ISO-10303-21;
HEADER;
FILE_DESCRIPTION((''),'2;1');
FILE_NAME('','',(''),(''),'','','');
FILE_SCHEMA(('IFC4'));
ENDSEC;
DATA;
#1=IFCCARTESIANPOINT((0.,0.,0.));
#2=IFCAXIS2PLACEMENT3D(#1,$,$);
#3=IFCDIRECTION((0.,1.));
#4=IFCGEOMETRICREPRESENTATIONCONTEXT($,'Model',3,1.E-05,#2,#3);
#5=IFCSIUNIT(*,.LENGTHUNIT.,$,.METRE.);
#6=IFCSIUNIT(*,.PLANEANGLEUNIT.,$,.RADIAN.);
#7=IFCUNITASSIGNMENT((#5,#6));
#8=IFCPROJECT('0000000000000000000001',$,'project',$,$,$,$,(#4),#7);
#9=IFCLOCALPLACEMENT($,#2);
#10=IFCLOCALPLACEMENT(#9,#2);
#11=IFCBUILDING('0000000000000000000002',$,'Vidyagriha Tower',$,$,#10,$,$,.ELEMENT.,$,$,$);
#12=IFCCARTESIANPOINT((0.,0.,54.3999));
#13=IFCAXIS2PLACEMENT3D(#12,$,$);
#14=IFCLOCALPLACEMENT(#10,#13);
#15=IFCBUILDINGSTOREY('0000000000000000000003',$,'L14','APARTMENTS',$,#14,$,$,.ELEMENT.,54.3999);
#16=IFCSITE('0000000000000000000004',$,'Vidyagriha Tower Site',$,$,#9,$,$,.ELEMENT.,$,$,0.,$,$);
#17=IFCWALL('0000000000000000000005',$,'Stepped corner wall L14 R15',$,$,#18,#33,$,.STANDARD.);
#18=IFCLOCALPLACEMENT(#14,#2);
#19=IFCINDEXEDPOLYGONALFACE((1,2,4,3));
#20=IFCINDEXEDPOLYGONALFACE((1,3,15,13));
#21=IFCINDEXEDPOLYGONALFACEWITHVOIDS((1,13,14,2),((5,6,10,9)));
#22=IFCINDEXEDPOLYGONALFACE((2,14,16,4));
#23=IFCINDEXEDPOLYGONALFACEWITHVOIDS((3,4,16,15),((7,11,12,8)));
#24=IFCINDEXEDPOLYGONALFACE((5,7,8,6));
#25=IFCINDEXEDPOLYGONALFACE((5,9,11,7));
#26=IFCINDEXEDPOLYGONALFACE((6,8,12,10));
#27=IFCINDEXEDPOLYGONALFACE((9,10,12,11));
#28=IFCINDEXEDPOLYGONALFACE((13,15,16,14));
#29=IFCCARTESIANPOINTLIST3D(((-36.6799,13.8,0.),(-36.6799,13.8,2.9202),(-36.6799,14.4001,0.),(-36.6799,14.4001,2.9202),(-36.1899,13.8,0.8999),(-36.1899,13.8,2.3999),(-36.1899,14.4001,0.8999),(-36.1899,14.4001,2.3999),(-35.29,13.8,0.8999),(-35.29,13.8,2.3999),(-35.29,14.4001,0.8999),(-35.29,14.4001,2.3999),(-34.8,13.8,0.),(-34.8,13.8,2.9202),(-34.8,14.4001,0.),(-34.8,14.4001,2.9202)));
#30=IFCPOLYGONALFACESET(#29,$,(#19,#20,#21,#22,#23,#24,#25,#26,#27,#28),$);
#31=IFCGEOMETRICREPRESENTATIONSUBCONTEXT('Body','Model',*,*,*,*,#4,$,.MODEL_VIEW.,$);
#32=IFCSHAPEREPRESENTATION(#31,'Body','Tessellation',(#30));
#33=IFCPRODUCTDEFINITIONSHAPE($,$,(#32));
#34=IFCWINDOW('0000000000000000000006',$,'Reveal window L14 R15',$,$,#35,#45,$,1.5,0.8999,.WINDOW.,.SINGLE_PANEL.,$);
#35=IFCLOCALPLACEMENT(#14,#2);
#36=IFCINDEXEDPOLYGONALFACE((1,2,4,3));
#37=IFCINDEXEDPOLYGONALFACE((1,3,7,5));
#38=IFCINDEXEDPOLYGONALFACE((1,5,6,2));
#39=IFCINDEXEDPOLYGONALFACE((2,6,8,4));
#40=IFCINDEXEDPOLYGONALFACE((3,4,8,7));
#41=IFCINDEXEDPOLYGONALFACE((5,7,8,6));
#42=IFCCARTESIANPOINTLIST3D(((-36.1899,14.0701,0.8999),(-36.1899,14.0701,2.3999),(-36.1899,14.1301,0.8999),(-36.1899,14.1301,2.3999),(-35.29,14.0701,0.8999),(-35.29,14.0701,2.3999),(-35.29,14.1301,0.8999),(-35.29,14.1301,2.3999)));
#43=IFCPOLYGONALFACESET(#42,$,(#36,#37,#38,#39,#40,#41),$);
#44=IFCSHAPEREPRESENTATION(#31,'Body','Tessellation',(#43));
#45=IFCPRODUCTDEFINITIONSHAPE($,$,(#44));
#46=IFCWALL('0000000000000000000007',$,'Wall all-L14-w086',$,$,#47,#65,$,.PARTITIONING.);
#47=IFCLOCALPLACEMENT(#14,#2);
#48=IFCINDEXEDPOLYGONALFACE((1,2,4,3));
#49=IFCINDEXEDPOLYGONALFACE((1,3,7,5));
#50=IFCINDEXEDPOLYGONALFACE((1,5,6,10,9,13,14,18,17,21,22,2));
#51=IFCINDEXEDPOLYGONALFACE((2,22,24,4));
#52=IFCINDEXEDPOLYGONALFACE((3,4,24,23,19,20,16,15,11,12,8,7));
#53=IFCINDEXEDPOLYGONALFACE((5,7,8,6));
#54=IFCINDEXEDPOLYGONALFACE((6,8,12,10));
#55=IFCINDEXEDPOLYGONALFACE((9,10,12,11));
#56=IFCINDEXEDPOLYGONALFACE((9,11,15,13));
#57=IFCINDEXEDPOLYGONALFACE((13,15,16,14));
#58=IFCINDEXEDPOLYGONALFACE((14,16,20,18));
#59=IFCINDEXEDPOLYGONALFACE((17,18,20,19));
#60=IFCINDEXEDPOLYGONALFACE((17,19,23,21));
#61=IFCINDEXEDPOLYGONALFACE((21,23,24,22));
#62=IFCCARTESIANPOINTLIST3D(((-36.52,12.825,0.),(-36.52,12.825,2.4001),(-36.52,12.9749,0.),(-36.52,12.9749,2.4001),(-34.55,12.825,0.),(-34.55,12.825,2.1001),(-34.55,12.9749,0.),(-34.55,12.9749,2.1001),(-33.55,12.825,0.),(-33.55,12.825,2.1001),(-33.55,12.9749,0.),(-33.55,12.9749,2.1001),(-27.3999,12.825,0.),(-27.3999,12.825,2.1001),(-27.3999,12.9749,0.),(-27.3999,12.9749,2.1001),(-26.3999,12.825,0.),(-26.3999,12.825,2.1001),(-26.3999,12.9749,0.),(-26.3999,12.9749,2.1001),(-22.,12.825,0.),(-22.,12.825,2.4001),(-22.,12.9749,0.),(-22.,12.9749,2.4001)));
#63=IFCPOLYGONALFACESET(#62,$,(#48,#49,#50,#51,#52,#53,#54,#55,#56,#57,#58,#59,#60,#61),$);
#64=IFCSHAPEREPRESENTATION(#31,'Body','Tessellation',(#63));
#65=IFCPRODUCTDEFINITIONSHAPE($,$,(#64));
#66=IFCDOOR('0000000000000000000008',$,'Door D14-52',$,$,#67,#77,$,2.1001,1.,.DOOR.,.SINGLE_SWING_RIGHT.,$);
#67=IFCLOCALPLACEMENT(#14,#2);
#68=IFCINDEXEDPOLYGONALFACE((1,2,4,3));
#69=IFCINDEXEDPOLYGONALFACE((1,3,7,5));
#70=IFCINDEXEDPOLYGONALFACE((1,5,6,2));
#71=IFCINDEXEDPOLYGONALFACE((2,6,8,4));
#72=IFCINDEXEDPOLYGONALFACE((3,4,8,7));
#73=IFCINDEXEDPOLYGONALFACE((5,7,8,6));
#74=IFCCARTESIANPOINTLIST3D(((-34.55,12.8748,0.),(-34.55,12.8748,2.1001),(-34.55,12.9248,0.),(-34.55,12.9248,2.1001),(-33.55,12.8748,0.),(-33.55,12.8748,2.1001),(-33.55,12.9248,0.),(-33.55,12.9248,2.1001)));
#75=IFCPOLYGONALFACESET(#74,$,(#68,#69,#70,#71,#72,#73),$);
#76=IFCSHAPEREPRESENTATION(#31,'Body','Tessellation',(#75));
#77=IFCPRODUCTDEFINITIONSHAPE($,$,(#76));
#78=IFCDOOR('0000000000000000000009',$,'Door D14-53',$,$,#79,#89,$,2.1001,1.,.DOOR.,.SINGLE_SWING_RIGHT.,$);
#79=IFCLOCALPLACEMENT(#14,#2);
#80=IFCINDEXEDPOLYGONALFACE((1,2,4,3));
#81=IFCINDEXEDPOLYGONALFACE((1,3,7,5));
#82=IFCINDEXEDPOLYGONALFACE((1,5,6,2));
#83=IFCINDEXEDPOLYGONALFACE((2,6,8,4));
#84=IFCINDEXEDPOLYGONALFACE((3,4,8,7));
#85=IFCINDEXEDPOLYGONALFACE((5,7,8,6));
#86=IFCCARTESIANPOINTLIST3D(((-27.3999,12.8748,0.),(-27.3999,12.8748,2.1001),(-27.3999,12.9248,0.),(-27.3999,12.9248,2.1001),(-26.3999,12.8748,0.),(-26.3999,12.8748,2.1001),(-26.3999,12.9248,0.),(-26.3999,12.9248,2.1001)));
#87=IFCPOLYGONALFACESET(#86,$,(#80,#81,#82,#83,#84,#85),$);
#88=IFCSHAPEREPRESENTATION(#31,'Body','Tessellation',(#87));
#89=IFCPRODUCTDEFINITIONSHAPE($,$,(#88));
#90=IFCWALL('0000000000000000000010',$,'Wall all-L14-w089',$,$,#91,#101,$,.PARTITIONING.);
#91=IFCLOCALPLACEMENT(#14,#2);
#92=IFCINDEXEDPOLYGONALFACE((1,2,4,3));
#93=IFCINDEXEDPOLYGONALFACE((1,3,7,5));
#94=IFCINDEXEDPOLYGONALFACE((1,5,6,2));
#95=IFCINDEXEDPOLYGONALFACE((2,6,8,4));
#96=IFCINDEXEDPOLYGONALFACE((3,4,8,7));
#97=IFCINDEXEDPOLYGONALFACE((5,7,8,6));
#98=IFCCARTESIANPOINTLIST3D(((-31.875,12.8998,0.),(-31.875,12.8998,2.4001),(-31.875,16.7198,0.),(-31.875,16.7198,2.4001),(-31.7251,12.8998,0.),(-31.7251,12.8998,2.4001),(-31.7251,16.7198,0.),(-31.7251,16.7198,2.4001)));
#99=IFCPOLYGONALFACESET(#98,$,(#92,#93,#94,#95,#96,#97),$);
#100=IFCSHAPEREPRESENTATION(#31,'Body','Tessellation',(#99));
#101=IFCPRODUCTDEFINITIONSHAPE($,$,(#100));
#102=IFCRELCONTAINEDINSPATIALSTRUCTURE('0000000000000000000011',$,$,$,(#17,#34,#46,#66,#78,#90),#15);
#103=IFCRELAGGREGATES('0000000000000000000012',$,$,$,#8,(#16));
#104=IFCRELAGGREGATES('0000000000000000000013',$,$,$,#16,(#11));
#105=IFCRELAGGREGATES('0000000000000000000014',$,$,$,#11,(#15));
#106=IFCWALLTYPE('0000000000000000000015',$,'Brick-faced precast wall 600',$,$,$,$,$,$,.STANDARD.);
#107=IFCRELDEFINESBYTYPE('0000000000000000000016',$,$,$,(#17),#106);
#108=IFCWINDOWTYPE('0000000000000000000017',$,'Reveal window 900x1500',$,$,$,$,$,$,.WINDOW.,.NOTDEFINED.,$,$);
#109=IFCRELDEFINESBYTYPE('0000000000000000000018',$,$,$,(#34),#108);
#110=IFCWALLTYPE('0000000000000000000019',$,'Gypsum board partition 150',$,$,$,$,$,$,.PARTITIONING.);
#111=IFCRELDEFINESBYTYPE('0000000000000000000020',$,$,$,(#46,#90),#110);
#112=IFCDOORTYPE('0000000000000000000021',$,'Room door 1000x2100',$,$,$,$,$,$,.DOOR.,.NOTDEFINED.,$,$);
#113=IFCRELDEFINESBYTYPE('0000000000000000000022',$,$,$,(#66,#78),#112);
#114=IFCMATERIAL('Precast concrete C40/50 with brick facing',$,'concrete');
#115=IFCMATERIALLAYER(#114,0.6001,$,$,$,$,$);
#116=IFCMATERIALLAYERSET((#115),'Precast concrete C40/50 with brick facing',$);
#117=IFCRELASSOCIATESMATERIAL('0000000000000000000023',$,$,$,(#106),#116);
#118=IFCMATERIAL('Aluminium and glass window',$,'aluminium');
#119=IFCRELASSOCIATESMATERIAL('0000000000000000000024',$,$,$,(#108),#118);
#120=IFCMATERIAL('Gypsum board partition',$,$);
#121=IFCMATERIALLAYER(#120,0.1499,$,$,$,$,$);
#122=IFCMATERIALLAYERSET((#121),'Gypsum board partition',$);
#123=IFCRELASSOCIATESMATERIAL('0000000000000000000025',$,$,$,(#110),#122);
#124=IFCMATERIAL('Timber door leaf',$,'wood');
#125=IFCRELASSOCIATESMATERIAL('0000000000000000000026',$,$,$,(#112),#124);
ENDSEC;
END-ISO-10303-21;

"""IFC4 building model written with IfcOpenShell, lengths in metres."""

from ifc_helpers import new_model, si_unit, direction, frame, frame_2d, origin, place, context, subcontext, project, spatial, rectangle, extrude, material, layer, layer_set, type_object, element, fill, save


model = new_model("IFC4")

# Units and contexts
model_context = context("Model", 3, precision=1e-05, world=origin(), true_north=direction((0.0, 1.0)))
body_context = subcontext(model_context, "Body", "Model", "MODEL_VIEW")
ifc_project = project(units=[si_unit("LENGTHUNIT", "METRE"), si_unit("PLANEANGLEUNIT", "RADIAN")], contexts=[model_context])

# Site, building, storey
site_placement = place(None, origin())
site = spatial("IfcSite", under=ifc_project, at=site_placement, Name="Vidyagriha Tower Site", CompositionType="ELEMENT", RefElevation=0.0)
building_placement = place(site_placement, origin())
building = spatial("IfcBuilding", under=site, at=building_placement, Name="Vidyagriha Tower", CompositionType="ELEMENT")
storey_placement = place(building_placement, frame((0.0, 0.0, 54.3999)))
storey = spatial("IfcBuildingStorey", under=building, at=storey_placement, Name="L14", Description="APARTMENTS", CompositionType="ELEMENT", Elevation=54.3999)

# Shared definitions
ifc_material_1 = material(Name="Precast concrete C40/50 with brick facing", Category="concrete")
ifc_layer_1 = layer(ifc_material_1, 0.6001)
ifc_layer_set_1 = layer_set([ifc_layer_1], Name="Precast concrete C40/50 with brick facing")
wall_type_1 = type_object("IfcWallType", Name="Brick-faced precast wall 600", PredefinedType="STANDARD", material=ifc_layer_set_1)

# Shared definitions
ifc_material_2 = material(Name="Aluminium and glass window", Category="aluminium")
window_type = type_object("IfcWindowType", Name="Reveal window 900x1500", PartitioningType="NOTDEFINED", PredefinedType="WINDOW", material=ifc_material_2)

# Wall, opening, window
wall_1_placement = place(storey_placement, frame((-34.8, 14.1001, 0.0), z_axis=(0.0, 0.0, 1.0), x_axis=(-1.0, 0.0, 0.0)))
wall_1 = element("IfcWall", 1, at=wall_1_placement, inside=storey, type_object=wall_type_1, Name="Stepped corner wall L14 R15", PredefinedType="STANDARD", context=body_context, shape_type="SweptSolid", body=[
    extrude(rectangle(XDim=1.8799, YDim=0.6001, at=frame_2d((0.9399, 0.0))), origin(), (0.0, 0.0, 1.0), 2.9202),
])
opening_1_placement = place(wall_1_placement, frame((0.49, 0.0, 0.8999)))
opening_1 = element("IfcOpeningElement", 2, at=opening_1_placement, cuts=wall_1, PredefinedType="OPENING", context=body_context, shape_type="SweptSolid", body=[
    extrude(rectangle(XDim=0.8999, YDim=1.5, at=frame_2d((0.45, 0.75))), frame((0.0, 0.3101, 0.0), z_axis=(0.0, -1.0, 0.0), x_axis=(1.0, 0.0, 0.0)), (0.0, 0.0, 1.0), 0.6201),
])
window_1_placement = place(opening_1_placement, origin())
window_1 = element("IfcWindow", 3, at=window_1_placement, inside=storey, type_object=window_type, Name="Reveal window L14 R15", OverallHeight=1.5, OverallWidth=0.8999, PartitioningType="SINGLE_PANEL", PredefinedType="WINDOW", context=body_context, shape_type="SweptSolid", body=[
    extrude(rectangle(XDim=0.8999, YDim=1.5, at=frame_2d((0.45, 0.75))), frame((0.0, 0.03, 0.0), z_axis=(0.0, -1.0, 0.0), x_axis=(1.0, 0.0, 0.0)), (0.0, 0.0, 1.0), 0.0601),
])
fill(opening_1, window_1)

# Wall, openings, doors
ifc_material_3 = material(Name="Gypsum board partition")
ifc_layer_2 = layer(ifc_material_3, 0.1499)
ifc_layer_set_2 = layer_set([ifc_layer_2], Name="Gypsum board partition")
wall_type_2 = type_object("IfcWallType", Name="Gypsum board partition 150", PredefinedType="PARTITIONING", material=ifc_layer_set_2)
wall_2_placement = place(storey_placement, frame((-36.52, 12.8999, 0.0)))
wall_2 = element("IfcWall", 4, at=wall_2_placement, inside=storey, type_object=wall_type_2, Name="Wall all-L14-w086", PredefinedType="PARTITIONING", context=body_context, shape_type="SweptSolid", body=[
    extrude(rectangle(XDim=14.52, YDim=0.1499, at=frame_2d((7.26, 0.0))), origin(), (0.0, 0.0, 1.0), 2.4001),
])
opening_2_placement = place(wall_2_placement, frame((1.97, 0.0, 0.0)))
opening_2 = element("IfcOpeningElement", 5, at=opening_2_placement, cuts=wall_2, PredefinedType="OPENING", context=body_context, shape_type="SweptSolid", body=[
    extrude(rectangle(XDim=1.0, YDim=2.1001, at=frame_2d((0.5, 1.05))), frame((0.0, 0.085, 0.0), z_axis=(0.0, -1.0, 0.0), x_axis=(1.0, 0.0, 0.0)), (0.0, 0.0, 1.0), 0.1699),
])
opening_3_placement = place(wall_2_placement, frame((9.1201, 0.0, 0.0)))
opening_3 = element("IfcOpeningElement", 6, at=opening_3_placement, cuts=wall_2, PredefinedType="OPENING", context=body_context, shape_type="SweptSolid", body=[
    extrude(rectangle(XDim=1.0, YDim=2.1001, at=frame_2d((0.5, 1.05))), frame((0.0, 0.085, 0.0), z_axis=(0.0, -1.0, 0.0), x_axis=(1.0, 0.0, 0.0)), (0.0, 0.0, 1.0), 0.1699),
])
ifc_material_4 = material(Name="Timber door leaf", Category="wood")
door_type = type_object("IfcDoorType", Name="Room door 1000x2100", OperationType="NOTDEFINED", PredefinedType="DOOR", material=ifc_material_4)
door_1_placement = place(opening_2_placement, origin())
door_1 = element("IfcDoor", 7, at=door_1_placement, inside=storey, type_object=door_type, Name="Door D14-52", OperationType="SINGLE_SWING_RIGHT", OverallHeight=2.1001, OverallWidth=1.0, PredefinedType="DOOR", context=body_context, shape_type="SweptSolid", body=[
    extrude(rectangle(XDim=1.0, YDim=2.1001, at=frame_2d((0.5, 1.05))), frame((0.0, 0.0249, 0.0), z_axis=(0.0, -1.0, 0.0), x_axis=(1.0, 0.0, 0.0)), (0.0, 0.0, 1.0), 0.05),
])
fill(opening_2, door_1)
door_2_placement = place(opening_3_placement, origin())
door_2 = element("IfcDoor", 8, at=door_2_placement, inside=storey, type_object=door_type, Name="Door D14-53", OperationType="SINGLE_SWING_RIGHT", OverallHeight=2.1001, OverallWidth=1.0, PredefinedType="DOOR", context=body_context, shape_type="SweptSolid", body=[
    extrude(rectangle(XDim=1.0, YDim=2.1001, at=frame_2d((0.5, 1.05))), frame((0.0, 0.0249, 0.0), z_axis=(0.0, -1.0, 0.0), x_axis=(1.0, 0.0, 0.0)), (0.0, 0.0, 1.0), 0.05),
])
fill(opening_3, door_2)

# Wall
wall_3_placement = place(storey_placement, frame((-31.8, 16.72, 0.0), z_axis=(0.0, 0.0, 1.0), x_axis=(0.0, -1.0, 0.0)))
element("IfcWall", 9, at=wall_3_placement, inside=storey, type_object=wall_type_2, Name="Wall all-L14-w089", PredefinedType="PARTITIONING", context=body_context, shape_type="SweptSolid", body=[
    extrude(rectangle(XDim=3.8201, YDim=0.1499, at=frame_2d((1.9102, 0.0))), origin(), (0.0, 0.0, 1.0), 2.4001),
])

save(model, "model.ifc")
